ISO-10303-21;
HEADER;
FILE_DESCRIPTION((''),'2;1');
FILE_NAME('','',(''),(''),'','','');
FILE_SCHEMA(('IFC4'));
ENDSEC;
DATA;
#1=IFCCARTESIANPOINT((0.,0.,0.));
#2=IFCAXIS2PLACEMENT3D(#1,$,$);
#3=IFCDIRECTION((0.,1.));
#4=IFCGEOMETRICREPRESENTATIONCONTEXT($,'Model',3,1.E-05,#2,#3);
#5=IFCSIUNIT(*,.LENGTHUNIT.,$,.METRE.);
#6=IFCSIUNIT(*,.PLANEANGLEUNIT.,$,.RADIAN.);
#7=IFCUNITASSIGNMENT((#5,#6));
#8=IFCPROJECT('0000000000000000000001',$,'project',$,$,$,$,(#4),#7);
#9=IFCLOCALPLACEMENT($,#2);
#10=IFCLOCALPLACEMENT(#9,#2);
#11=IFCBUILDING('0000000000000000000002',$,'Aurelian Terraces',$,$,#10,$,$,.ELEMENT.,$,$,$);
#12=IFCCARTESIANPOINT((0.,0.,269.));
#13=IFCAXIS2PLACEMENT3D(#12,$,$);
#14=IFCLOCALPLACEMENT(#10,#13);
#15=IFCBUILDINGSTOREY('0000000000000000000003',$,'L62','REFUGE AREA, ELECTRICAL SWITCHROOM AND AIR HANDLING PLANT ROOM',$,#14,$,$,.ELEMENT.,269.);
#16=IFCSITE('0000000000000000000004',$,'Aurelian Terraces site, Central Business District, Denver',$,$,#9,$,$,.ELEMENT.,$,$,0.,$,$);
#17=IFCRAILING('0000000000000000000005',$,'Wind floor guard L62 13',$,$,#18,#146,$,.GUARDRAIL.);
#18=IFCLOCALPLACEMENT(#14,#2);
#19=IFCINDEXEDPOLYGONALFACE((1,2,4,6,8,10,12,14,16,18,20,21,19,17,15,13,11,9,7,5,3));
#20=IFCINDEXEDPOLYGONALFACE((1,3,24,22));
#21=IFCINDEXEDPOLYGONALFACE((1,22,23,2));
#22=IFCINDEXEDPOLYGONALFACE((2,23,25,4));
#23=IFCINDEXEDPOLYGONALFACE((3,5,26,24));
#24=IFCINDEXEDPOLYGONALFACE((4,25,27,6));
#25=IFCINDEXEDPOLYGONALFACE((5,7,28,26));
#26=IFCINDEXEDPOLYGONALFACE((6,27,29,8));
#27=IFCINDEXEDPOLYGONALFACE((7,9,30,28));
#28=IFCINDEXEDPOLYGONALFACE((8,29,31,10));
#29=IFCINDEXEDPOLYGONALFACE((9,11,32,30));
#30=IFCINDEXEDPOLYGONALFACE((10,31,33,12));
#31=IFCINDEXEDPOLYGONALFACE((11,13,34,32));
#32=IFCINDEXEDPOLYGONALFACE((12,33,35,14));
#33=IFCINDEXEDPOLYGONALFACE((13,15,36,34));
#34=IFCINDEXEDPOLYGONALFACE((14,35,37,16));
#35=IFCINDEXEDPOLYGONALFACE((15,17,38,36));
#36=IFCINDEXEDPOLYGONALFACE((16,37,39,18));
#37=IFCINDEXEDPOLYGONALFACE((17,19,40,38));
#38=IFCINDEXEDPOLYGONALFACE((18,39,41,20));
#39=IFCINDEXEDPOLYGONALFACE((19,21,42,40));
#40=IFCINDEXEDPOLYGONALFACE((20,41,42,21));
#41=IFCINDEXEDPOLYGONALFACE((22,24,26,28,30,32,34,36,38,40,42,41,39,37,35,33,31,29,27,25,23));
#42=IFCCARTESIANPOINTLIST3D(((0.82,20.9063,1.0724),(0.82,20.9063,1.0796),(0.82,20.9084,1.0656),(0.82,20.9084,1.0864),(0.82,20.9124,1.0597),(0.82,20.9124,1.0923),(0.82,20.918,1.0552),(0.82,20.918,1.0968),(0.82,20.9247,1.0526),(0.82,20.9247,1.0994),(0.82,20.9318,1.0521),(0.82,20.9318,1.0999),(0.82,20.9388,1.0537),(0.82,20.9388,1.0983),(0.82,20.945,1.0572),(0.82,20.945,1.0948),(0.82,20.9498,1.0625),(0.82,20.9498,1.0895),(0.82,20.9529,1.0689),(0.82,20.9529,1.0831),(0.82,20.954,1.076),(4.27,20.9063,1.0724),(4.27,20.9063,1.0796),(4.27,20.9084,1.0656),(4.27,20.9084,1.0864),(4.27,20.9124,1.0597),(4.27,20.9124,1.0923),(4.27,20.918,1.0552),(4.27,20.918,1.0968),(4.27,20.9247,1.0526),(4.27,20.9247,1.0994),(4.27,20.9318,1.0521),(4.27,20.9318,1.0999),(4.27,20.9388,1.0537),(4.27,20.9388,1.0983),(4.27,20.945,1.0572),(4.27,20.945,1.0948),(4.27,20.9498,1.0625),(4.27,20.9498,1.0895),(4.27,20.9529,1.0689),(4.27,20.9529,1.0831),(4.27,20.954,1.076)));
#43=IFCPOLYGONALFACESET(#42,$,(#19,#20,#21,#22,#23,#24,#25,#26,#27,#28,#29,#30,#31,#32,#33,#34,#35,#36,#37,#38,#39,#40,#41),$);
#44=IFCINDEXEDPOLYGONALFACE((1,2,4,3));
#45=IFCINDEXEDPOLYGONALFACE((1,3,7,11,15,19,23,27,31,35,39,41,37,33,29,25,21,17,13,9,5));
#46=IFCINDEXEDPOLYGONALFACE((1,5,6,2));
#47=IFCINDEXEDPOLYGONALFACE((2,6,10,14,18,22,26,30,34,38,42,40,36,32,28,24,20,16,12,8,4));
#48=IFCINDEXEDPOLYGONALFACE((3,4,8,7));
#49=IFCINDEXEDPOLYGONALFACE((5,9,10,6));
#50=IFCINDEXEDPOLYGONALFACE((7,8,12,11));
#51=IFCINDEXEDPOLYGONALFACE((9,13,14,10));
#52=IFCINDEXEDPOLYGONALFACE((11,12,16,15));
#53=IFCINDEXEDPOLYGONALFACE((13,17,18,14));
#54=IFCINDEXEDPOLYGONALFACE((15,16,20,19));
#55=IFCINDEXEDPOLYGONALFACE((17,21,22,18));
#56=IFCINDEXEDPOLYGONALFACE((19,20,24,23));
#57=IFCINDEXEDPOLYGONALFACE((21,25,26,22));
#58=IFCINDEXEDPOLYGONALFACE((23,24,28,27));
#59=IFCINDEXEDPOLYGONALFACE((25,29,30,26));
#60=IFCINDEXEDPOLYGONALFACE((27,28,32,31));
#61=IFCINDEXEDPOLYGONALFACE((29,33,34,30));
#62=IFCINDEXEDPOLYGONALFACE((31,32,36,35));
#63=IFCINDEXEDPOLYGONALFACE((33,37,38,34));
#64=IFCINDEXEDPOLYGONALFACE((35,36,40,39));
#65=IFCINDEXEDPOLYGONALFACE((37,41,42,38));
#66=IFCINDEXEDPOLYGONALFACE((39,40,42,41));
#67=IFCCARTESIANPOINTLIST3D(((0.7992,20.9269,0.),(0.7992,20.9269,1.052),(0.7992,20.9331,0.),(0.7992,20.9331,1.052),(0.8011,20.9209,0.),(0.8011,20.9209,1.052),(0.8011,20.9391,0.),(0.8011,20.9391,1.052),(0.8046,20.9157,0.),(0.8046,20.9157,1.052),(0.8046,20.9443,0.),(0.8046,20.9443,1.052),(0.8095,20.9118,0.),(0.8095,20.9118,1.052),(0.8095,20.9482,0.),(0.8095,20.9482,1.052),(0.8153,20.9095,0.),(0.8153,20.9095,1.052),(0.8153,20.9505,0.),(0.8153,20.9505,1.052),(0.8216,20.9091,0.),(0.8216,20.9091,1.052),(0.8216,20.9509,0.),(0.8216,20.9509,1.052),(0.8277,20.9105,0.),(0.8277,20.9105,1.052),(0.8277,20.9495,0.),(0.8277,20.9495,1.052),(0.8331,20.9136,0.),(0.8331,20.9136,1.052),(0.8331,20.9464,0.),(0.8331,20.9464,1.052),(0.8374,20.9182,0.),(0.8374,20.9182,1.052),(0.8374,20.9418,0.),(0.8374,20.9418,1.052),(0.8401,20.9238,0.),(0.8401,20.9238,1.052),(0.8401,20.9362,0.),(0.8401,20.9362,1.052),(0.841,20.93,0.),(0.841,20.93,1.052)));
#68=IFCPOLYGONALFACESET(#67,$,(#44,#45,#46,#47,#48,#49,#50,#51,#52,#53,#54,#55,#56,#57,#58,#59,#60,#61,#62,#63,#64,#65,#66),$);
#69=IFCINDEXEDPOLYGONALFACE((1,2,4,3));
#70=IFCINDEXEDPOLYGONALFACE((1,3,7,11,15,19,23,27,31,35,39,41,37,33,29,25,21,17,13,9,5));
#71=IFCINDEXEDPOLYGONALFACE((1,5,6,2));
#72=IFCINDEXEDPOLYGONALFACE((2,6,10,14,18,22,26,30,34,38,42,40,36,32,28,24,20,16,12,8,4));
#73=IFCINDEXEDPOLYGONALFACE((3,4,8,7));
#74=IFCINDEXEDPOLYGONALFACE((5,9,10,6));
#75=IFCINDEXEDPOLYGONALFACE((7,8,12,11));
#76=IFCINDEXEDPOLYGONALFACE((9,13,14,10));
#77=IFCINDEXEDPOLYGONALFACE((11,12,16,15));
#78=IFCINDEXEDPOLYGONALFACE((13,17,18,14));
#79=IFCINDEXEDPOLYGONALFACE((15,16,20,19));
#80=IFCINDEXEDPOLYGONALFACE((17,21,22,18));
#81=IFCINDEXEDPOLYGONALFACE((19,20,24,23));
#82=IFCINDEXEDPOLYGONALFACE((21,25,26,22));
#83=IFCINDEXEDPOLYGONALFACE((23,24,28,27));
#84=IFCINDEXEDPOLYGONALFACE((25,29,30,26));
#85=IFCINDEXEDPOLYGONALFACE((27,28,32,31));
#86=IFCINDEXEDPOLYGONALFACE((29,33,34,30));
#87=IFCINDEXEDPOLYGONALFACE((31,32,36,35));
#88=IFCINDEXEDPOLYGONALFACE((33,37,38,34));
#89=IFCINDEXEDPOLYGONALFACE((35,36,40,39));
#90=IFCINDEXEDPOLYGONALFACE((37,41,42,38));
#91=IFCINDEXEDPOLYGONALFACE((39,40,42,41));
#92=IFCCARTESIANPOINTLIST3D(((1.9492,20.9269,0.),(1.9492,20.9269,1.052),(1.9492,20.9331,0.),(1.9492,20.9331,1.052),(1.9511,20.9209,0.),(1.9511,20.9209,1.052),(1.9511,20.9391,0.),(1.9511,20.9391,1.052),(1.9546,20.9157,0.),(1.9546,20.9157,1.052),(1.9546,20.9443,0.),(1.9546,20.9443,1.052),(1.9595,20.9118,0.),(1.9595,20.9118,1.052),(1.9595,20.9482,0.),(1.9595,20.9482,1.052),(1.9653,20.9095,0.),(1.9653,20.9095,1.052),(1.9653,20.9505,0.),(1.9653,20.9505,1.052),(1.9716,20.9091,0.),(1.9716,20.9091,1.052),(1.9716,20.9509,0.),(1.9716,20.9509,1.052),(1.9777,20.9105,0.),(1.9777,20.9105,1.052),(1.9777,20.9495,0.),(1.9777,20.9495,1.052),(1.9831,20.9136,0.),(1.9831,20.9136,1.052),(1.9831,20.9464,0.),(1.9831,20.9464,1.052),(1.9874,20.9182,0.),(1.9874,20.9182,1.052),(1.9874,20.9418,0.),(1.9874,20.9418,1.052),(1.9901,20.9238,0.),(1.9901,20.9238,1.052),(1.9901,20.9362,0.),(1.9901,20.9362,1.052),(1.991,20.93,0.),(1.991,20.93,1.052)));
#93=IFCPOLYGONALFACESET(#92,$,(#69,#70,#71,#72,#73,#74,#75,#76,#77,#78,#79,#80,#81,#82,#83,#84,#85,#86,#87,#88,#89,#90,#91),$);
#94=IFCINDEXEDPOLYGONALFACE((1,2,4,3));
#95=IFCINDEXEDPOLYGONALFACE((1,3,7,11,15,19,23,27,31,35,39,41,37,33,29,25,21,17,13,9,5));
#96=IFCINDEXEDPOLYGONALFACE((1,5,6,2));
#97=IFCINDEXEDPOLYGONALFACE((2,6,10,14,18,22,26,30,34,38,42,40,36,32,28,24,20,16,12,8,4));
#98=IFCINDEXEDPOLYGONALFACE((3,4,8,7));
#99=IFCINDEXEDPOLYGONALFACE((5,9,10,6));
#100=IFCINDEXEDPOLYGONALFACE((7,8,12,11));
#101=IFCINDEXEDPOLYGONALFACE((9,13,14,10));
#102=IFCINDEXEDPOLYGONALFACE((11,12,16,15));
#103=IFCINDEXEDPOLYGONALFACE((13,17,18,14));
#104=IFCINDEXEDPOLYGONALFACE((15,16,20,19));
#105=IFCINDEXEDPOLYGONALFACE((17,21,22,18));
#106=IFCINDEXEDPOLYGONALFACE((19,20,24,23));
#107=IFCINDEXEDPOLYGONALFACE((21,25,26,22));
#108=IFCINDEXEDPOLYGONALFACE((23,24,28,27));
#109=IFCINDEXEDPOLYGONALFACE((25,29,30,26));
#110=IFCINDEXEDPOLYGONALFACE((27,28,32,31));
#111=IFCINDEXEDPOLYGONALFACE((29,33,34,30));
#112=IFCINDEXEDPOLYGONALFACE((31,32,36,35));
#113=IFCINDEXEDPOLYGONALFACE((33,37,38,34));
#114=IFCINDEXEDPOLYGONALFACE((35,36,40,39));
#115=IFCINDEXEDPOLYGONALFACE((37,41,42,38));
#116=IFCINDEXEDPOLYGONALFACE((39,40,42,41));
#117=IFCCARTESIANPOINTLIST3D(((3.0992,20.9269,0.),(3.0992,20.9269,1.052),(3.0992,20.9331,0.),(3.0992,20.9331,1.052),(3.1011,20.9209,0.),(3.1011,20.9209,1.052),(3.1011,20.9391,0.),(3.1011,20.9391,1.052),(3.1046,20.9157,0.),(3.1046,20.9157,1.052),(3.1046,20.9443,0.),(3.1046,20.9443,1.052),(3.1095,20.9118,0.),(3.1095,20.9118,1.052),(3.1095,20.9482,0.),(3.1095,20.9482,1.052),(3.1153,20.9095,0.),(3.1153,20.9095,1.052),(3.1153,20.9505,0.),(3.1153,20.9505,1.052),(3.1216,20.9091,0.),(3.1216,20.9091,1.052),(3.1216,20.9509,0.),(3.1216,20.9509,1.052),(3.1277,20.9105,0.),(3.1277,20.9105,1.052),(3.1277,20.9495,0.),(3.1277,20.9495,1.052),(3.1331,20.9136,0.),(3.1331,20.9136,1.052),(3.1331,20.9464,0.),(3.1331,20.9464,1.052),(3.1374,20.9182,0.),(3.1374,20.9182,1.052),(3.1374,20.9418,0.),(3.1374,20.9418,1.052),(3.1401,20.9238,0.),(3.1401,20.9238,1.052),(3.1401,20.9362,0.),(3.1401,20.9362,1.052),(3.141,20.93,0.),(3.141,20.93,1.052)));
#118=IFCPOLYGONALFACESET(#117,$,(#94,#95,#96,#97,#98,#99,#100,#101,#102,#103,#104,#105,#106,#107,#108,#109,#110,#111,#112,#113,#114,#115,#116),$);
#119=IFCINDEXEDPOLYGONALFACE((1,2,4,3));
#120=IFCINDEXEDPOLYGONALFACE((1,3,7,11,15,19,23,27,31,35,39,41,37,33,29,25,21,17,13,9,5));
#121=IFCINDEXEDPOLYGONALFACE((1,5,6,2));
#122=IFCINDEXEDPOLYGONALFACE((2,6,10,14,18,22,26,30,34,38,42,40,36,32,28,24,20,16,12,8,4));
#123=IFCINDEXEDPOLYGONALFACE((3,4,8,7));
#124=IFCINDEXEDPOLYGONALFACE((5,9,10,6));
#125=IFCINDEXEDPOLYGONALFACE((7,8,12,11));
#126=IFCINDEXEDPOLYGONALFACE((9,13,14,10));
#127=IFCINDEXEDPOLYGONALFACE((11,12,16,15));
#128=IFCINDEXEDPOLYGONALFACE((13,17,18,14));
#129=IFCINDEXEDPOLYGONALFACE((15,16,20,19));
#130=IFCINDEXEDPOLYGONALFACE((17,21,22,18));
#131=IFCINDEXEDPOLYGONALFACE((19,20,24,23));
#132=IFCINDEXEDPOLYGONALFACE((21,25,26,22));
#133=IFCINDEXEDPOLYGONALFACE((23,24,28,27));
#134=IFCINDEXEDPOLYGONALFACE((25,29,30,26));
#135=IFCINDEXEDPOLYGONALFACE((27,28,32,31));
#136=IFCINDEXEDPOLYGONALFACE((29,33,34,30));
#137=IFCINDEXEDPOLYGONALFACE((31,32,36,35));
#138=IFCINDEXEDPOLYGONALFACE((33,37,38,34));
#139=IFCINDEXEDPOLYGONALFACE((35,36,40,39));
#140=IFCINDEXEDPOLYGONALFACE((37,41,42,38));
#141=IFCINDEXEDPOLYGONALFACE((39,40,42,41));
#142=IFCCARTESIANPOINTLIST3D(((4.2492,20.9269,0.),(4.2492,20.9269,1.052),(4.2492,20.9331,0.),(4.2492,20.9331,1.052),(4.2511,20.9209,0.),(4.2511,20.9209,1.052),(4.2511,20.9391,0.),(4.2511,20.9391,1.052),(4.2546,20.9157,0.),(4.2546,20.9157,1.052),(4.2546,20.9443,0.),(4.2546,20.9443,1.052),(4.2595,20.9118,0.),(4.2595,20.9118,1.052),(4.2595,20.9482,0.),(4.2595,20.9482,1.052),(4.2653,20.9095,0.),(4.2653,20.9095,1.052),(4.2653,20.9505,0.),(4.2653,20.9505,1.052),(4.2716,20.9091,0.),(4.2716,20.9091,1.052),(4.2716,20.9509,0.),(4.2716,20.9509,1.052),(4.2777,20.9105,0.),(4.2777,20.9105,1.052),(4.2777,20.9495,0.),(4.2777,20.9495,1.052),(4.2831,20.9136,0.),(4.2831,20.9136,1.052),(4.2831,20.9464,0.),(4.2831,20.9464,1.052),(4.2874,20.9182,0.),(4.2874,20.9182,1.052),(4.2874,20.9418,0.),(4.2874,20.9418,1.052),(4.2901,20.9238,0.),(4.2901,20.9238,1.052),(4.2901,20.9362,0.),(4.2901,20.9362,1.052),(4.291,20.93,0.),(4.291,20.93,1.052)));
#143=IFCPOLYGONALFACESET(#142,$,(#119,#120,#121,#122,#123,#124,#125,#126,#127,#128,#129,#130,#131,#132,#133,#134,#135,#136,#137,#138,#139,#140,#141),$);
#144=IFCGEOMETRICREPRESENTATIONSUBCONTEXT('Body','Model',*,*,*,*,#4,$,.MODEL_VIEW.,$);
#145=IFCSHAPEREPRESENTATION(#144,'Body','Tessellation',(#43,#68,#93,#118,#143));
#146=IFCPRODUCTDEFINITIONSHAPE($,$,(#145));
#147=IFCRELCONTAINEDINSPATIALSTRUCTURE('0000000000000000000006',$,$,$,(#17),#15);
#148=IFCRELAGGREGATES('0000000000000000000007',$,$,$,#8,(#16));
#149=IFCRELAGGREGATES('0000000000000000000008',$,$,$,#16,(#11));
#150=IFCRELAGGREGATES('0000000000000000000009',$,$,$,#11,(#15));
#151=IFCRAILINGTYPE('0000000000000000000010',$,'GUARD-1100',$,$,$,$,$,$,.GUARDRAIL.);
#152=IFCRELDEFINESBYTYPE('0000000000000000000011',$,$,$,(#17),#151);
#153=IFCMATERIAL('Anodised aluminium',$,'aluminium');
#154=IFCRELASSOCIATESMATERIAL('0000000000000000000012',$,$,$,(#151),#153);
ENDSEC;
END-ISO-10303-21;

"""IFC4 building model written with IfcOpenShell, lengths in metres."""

from ifc_helpers import new_model, si_unit, direction, frame, origin, origin_2d, place, context, subcontext, project, spatial, circle, extrude, material, type_object, element, save


model = new_model("IFC4")

# Units and contexts
model_context = context("Model", 3, precision=1e-05, world=origin(), true_north=direction((0.0, 1.0)))
body_context = subcontext(model_context, "Body", "Model", "MODEL_VIEW")
ifc_project = project(units=[si_unit("LENGTHUNIT", "METRE"), si_unit("PLANEANGLEUNIT", "RADIAN")], contexts=[model_context])

# Site, building, storey
site_placement = place(None, origin())
site = spatial("IfcSite", under=ifc_project, at=site_placement, Name="Aurelian Terraces site, Central Business District, Denver", CompositionType="ELEMENT", RefElevation=0.0)
building_placement = place(site_placement, origin())
building = spatial("IfcBuilding", under=site, at=building_placement, Name="Aurelian Terraces", CompositionType="ELEMENT")
storey_placement = place(building_placement, frame((0.0, 0.0, 269.0)))
storey = spatial("IfcBuildingStorey", under=building, at=storey_placement, Name="L62", Description="REFUGE AREA, ELECTRICAL SWITCHROOM AND AIR HANDLING PLANT ROOM", CompositionType="ELEMENT", Elevation=269.0)

# Railing
ifc_material_1 = material(Name="Anodised aluminium", Category="aluminium")
railing_type = type_object("IfcRailingType", Name="GUARD-1100", PredefinedType="GUARDRAIL", material=ifc_material_1)
railing_1_placement = place(storey_placement, frame((0.82, 20.93, 0.0)))
element("IfcRailing", 1, at=railing_1_placement, inside=storey, type_object=railing_type, Name="Wind floor guard L62 13", PredefinedType="GUARDRAIL", context=body_context, shape_type="SweptSolid", body=[
    extrude(circle(Radius=0.024, at=origin_2d()), frame((0.0, 0.0, 1.076), z_axis=(1.0, 0.0, 0.0), x_axis=(0.0, 1.0, 0.0)), (0.0, 0.0, 1.0), 3.45),
    extrude(circle(Radius=0.021, at=origin_2d()), origin(), (0.0, 0.0, 1.0), 1.052),
    extrude(circle(Radius=0.021, at=origin_2d()), frame((1.15, 0.0, 0.0)), (0.0, 0.0, 1.0), 1.052),
    extrude(circle(Radius=0.021, at=origin_2d()), frame((2.3, 0.0, 0.0)), (0.0, 0.0, 1.0), 1.052),
    extrude(circle(Radius=0.021, at=origin_2d()), frame((3.45, 0.0, 0.0)), (0.0, 0.0, 1.0), 1.052),
])

save(model, "model.ifc")
